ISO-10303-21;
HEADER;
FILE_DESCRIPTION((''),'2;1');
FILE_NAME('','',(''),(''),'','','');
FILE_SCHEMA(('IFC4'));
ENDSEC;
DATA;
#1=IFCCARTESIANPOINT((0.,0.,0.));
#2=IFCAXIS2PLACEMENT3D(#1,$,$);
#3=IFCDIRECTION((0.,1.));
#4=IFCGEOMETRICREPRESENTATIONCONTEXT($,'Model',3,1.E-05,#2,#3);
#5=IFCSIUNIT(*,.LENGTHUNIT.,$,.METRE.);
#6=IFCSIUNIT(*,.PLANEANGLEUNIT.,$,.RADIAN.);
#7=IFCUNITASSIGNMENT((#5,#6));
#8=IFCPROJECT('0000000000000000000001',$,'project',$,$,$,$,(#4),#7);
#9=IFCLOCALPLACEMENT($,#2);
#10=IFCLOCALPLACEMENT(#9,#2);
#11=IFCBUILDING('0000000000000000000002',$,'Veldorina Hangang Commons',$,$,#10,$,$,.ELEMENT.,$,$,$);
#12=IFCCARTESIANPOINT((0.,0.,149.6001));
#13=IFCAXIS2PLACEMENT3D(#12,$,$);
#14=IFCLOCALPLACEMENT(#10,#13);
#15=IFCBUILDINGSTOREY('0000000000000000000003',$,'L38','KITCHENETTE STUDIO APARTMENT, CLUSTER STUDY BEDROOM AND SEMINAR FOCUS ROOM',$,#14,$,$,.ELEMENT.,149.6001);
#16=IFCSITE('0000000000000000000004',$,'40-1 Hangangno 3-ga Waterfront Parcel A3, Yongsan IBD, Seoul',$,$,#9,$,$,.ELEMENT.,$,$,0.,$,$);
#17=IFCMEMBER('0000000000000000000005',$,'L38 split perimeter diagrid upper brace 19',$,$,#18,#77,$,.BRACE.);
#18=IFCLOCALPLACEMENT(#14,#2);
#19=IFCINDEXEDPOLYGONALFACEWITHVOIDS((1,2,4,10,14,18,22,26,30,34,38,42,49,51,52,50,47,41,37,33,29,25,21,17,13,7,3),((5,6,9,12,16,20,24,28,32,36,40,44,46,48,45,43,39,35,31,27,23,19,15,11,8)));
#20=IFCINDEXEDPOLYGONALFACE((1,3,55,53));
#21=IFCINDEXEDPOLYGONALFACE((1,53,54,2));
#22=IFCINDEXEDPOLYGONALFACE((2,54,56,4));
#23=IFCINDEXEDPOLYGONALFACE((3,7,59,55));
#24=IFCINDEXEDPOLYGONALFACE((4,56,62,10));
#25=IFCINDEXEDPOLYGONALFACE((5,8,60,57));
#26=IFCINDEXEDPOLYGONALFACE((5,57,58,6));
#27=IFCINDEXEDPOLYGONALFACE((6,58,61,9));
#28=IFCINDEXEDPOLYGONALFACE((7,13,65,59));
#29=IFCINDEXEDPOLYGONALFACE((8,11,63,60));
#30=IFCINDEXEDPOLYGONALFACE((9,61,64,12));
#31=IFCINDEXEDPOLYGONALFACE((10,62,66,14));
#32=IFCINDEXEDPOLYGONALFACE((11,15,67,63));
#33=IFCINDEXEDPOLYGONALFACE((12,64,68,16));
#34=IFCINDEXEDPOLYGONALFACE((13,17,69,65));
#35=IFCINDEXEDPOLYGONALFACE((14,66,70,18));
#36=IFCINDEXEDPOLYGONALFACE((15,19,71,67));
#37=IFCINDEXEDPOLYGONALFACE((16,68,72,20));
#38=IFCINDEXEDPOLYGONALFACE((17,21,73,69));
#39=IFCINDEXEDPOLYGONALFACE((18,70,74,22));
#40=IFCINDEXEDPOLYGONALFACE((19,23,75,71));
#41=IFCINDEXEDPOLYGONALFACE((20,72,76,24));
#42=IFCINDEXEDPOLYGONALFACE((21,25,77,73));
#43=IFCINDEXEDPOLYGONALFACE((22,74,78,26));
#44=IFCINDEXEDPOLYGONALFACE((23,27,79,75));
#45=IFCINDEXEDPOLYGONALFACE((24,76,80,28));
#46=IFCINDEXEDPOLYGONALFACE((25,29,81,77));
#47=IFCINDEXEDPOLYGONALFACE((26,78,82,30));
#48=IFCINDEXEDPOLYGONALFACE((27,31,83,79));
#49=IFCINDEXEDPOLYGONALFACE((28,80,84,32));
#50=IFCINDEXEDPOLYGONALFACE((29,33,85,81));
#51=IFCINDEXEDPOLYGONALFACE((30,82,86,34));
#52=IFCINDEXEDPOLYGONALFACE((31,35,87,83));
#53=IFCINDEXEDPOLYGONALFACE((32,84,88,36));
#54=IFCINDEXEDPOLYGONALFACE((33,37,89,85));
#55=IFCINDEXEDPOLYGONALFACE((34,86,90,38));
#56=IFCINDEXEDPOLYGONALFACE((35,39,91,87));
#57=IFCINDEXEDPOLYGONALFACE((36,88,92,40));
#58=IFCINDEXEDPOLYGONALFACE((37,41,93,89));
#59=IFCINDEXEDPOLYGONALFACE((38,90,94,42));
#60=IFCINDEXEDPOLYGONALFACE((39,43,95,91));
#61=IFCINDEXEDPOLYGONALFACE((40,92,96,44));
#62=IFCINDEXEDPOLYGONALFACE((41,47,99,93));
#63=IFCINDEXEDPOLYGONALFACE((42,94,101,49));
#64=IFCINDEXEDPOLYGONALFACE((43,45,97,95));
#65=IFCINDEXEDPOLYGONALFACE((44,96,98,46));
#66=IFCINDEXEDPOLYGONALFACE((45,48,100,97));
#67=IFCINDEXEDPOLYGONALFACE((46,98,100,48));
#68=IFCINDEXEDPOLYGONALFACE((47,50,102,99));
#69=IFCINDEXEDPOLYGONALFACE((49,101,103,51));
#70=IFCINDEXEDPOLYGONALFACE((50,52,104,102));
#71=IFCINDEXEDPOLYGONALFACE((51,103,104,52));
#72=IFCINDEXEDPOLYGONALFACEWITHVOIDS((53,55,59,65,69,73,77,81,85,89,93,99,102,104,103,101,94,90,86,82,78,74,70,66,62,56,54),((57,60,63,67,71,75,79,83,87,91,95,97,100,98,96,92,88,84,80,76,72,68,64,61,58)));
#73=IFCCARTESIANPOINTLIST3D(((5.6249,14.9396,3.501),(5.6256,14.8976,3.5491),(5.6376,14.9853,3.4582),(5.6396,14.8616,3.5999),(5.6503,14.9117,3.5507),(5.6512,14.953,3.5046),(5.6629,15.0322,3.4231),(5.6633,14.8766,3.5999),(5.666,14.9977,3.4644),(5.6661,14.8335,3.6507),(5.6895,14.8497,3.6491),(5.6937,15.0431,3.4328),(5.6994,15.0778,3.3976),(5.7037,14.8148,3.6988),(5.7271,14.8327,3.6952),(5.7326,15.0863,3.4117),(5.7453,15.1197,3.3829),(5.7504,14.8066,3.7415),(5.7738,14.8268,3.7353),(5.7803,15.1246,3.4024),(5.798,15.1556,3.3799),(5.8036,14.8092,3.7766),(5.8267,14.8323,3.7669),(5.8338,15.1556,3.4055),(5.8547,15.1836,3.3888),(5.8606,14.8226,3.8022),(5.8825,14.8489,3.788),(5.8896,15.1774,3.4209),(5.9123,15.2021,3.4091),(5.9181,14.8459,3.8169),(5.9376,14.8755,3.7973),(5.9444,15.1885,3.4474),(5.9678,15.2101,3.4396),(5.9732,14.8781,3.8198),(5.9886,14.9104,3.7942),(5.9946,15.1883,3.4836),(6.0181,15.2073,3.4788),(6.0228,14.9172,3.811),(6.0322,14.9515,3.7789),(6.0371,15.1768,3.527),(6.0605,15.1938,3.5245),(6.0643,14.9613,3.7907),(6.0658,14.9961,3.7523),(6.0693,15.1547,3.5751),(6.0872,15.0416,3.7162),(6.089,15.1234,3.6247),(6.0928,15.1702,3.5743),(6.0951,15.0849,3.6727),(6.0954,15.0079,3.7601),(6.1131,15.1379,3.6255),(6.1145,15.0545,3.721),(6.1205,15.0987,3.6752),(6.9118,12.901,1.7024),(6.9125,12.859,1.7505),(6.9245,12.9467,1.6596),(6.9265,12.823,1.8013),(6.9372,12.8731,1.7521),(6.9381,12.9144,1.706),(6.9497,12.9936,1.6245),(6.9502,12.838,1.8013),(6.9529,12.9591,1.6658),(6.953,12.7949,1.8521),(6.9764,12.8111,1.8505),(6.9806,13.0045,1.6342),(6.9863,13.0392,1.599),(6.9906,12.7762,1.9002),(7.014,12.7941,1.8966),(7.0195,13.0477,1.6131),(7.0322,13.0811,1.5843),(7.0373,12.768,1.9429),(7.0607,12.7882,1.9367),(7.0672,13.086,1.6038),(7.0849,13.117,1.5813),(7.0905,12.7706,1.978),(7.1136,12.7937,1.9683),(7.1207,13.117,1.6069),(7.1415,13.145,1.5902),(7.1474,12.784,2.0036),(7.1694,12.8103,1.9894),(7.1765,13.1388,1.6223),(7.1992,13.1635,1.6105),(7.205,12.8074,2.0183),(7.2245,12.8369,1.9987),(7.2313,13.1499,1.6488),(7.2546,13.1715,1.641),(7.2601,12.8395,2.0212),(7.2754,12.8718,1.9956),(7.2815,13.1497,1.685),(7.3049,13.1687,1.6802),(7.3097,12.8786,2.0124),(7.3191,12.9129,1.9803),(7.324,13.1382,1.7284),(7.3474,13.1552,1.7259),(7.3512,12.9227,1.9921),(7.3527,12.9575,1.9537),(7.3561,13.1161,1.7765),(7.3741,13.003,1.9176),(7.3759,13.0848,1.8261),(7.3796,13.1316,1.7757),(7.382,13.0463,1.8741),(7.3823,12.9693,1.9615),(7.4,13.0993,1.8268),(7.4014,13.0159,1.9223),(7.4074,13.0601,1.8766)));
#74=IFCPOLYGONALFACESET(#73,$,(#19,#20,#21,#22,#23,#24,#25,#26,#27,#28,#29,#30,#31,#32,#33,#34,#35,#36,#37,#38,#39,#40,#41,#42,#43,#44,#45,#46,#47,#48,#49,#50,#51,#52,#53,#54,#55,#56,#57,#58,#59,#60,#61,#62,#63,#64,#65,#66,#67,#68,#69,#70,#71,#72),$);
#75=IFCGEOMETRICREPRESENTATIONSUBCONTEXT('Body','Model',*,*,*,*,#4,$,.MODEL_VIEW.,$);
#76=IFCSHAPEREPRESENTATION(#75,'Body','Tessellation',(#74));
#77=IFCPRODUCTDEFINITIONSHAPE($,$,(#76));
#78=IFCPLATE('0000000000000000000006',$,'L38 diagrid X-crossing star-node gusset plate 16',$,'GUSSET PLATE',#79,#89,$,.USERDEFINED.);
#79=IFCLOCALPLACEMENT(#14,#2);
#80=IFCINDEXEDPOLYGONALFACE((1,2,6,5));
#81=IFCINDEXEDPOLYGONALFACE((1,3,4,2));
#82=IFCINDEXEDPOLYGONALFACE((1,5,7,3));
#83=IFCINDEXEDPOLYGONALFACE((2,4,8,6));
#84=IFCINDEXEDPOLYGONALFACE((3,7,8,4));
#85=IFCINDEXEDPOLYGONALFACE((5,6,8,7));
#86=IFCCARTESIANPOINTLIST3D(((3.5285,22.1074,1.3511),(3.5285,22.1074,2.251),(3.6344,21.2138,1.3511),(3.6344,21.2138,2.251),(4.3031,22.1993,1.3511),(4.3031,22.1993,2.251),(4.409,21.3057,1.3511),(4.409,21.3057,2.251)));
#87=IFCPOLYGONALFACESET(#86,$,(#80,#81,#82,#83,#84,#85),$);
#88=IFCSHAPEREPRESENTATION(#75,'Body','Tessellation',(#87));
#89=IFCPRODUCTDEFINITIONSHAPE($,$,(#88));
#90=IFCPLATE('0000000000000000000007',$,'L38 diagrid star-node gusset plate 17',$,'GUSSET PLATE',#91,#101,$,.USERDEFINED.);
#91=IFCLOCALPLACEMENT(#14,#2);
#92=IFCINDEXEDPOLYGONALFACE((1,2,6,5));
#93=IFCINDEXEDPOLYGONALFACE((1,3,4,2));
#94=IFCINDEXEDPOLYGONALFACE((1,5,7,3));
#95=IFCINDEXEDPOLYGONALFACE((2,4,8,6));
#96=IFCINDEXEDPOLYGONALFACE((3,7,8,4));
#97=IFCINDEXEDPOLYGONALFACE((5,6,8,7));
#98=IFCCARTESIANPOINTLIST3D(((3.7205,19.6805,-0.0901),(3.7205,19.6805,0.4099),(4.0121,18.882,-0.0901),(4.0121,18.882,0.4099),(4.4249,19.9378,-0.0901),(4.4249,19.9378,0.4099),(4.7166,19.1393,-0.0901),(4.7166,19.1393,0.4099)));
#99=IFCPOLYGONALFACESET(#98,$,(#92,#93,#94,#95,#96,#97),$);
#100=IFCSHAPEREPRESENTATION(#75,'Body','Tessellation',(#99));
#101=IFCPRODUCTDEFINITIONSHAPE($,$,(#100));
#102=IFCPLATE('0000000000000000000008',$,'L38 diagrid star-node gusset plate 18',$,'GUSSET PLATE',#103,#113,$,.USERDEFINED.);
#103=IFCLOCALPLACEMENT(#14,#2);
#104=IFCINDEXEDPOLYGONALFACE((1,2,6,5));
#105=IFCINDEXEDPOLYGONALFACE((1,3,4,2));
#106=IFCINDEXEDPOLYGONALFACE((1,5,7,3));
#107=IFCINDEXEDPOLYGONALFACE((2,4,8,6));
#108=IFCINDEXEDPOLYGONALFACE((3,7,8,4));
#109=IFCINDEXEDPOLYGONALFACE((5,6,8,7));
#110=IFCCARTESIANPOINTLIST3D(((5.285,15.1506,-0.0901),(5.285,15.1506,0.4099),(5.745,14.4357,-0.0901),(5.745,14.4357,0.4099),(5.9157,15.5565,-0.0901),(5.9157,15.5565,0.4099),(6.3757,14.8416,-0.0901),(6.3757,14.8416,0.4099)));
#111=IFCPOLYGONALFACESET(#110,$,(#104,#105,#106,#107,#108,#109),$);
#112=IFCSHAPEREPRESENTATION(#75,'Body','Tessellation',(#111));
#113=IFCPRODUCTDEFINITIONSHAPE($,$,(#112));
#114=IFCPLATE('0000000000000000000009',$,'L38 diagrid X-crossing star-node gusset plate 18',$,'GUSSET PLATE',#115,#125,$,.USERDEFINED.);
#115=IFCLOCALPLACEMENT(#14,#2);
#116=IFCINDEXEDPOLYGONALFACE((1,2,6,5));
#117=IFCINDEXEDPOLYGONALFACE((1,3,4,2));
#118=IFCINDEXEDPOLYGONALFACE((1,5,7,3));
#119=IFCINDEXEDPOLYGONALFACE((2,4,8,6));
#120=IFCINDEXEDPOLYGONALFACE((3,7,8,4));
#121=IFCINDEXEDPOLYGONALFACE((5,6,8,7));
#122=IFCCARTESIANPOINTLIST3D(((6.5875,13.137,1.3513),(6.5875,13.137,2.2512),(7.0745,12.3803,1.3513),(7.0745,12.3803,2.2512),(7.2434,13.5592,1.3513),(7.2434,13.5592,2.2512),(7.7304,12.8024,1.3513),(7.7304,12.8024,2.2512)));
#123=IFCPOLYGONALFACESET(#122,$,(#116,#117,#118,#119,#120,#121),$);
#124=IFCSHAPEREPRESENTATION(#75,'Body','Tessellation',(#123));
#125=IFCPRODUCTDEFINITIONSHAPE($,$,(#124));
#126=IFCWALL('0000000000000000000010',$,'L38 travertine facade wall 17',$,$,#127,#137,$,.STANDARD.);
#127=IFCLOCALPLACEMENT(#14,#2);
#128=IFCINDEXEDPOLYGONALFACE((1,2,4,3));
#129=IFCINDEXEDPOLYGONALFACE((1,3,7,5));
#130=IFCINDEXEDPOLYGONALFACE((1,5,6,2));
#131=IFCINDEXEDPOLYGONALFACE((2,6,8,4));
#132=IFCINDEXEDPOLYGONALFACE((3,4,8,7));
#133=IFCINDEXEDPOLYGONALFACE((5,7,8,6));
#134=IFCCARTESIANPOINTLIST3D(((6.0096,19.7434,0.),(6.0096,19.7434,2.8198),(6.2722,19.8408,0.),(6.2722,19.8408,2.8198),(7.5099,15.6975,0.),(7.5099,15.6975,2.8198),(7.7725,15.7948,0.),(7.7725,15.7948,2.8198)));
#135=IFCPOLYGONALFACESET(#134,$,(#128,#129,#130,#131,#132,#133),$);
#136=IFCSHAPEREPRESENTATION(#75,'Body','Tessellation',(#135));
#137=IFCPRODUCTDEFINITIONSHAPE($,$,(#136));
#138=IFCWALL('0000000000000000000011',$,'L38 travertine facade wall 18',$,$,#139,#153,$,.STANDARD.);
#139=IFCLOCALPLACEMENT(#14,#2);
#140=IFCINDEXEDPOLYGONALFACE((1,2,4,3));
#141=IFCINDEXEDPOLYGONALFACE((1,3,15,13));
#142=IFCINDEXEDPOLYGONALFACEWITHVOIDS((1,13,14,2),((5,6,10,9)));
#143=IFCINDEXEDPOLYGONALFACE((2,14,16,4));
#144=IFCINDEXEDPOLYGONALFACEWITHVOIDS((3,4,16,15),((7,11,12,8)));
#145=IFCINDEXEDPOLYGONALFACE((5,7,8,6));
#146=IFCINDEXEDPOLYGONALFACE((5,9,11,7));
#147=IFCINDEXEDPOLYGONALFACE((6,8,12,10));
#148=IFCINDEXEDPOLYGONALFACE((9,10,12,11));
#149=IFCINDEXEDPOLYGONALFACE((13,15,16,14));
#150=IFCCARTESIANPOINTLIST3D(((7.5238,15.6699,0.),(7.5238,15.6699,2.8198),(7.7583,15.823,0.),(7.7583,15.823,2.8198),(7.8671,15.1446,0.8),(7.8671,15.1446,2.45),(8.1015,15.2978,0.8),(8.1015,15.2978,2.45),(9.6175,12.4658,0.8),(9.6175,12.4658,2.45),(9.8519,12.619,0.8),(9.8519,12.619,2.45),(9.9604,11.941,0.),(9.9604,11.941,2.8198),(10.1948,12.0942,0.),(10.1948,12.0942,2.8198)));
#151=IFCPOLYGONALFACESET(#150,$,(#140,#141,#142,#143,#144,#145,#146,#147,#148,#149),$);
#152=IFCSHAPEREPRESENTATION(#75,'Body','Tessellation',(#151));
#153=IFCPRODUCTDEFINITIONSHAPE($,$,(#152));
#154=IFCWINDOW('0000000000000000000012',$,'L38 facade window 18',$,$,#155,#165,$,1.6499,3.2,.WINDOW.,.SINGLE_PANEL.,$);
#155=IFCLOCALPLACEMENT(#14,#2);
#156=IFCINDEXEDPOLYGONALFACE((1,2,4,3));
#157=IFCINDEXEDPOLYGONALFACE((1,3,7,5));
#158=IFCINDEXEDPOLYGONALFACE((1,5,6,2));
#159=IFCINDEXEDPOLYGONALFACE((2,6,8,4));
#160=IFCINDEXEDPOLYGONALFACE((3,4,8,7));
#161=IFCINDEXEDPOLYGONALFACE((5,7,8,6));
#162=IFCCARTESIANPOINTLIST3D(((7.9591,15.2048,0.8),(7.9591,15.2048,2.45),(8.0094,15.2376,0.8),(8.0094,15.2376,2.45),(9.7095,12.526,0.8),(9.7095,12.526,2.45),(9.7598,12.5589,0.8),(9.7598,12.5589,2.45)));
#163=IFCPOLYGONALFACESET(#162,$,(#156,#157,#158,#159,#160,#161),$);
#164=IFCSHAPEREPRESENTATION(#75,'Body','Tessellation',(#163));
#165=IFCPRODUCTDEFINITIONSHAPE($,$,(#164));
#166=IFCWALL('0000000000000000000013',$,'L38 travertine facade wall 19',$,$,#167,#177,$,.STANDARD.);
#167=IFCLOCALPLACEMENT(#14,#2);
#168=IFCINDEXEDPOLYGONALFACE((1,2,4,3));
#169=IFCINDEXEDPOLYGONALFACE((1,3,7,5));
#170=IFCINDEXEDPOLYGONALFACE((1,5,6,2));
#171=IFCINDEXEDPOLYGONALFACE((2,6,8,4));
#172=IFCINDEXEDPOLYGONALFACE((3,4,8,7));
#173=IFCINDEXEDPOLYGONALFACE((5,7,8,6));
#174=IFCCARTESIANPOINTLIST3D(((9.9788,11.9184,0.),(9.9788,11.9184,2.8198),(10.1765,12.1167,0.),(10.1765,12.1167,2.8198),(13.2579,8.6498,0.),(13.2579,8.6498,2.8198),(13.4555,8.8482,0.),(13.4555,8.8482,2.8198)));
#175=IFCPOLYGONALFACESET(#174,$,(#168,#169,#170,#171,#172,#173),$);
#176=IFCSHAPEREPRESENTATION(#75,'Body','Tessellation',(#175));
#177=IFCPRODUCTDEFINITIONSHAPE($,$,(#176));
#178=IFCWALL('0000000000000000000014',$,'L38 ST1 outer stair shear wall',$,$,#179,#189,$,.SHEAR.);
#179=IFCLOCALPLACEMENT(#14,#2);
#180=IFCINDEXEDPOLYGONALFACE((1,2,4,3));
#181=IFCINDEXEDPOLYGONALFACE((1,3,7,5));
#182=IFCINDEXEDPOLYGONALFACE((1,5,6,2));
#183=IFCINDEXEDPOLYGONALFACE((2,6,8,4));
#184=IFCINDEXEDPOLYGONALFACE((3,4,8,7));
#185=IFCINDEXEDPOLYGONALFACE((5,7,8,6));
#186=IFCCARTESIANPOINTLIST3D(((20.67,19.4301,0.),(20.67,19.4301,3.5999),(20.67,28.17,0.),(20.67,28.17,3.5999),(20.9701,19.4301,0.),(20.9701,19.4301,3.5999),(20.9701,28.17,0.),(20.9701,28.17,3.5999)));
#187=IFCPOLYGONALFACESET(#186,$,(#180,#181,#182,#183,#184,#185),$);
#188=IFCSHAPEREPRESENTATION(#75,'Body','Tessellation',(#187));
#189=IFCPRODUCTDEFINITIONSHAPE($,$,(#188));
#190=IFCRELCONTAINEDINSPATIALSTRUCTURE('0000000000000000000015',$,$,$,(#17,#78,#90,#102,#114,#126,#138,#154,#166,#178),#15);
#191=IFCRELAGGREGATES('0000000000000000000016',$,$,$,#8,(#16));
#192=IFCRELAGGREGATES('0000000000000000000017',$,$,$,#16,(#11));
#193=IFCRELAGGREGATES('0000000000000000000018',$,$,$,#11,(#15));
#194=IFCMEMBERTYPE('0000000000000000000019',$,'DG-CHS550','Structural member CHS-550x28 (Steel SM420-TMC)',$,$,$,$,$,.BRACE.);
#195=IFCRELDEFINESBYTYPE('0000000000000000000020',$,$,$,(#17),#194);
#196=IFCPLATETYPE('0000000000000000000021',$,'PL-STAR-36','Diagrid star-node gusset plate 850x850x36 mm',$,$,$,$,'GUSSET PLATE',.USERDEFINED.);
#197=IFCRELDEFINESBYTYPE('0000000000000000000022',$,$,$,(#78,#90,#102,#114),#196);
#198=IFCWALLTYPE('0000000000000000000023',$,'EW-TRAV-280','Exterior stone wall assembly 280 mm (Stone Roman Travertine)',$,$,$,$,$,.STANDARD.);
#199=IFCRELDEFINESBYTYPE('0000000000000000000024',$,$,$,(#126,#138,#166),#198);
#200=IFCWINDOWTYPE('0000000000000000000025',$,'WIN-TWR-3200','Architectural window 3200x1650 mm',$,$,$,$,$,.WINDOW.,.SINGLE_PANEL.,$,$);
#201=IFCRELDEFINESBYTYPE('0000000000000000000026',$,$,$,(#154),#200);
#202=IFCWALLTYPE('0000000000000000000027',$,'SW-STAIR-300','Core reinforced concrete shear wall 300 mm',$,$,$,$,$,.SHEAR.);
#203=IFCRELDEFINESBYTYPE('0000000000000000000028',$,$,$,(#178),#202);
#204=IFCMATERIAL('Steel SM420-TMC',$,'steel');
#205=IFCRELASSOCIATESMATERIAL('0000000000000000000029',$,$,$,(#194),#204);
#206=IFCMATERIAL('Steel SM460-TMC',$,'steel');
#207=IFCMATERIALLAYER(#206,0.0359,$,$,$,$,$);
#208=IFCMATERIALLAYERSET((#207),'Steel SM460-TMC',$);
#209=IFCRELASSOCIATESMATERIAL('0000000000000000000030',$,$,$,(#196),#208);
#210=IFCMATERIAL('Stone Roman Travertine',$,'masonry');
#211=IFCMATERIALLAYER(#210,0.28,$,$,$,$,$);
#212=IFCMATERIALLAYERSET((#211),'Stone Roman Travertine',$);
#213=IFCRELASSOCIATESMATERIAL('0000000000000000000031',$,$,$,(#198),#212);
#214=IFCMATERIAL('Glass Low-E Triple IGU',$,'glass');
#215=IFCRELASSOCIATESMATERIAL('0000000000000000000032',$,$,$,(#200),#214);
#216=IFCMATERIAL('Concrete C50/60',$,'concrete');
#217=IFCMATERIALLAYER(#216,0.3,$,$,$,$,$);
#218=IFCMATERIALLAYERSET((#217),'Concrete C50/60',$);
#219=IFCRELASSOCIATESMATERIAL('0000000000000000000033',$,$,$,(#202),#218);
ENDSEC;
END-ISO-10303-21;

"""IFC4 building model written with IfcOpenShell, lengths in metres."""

from ifc_helpers import new_model, si_unit, direction, frame, frame_2d, origin, origin_2d, place, context, subcontext, project, spatial, rectangle, hollow_circle, extrude, material, layer, layer_set, material_profile, profile_set, type_object, element, fill, save


model = new_model("IFC4")

# Units and contexts
model_context = context("Model", 3, precision=1e-05, world=origin(), true_north=direction((0.0, 1.0)))
body_context = subcontext(model_context, "Body", "Model", "MODEL_VIEW")
ifc_project = project(units=[si_unit("LENGTHUNIT", "METRE"), si_unit("PLANEANGLEUNIT", "RADIAN")], contexts=[model_context])

# Site, building, storey
site_placement = place(None, origin())
site = spatial("IfcSite", under=ifc_project, at=site_placement, Name="40-1 Hangangno 3-ga Waterfront Parcel A3, Yongsan IBD, Seoul", CompositionType="ELEMENT", RefElevation=0.0)
building_placement = place(site_placement, origin())
building = spatial("IfcBuilding", under=site, at=building_placement, Name="Veldorina Hangang Commons", CompositionType="ELEMENT")
storey_placement = place(building_placement, frame((0.0, 0.0, 149.6001)))
storey = spatial("IfcBuildingStorey", under=building, at=storey_placement, Name="L38", Description="KITCHENETTE STUDIO APARTMENT, CLUSTER STUDY BEDROOM AND SEMINAR FOCUS ROOM", CompositionType="ELEMENT", Elevation=149.6001)

# Shared definitions
ifc_material_1 = material(Name="Steel SM420-TMC", Category="steel")

# Member
ifc_material_profile_1 = material_profile(ifc_material_1, hollow_circle(Radius=0.2749, WallThickness=0.0281, at=origin_2d()), Name="CHS-550x28")
ifc_profile_set_1 = profile_set([ifc_material_profile_1], Name="Steel SM420-TMC")
member_type = type_object("IfcMemberType", Name="DG-CHS550", Description="Structural member CHS-550x28 (Steel SM420-TMC)", PredefinedType="BRACE", material=ifc_profile_set_1)
member_1_placement = place(storey_placement, frame((7.1589, 12.9697, 1.8013), z_axis=(-0.427846, 0.677768, 0.597978), x_axis=(-0.845612, -0.533799, 0.0)))
element("IfcMember", 1, at=member_1_placement, inside=storey, type_object=member_type, Name="L38 split perimeter diagrid upper brace 19", PredefinedType="BRACE", context=body_context, shape_type="SweptSolid", body=[
    extrude(hollow_circle(Radius=0.2749, WallThickness=0.0281, at=origin_2d()), origin(), (0.0, 0.0, 1.0), 3.0078),
])

# Plates
ifc_material_2 = material(Name="Steel SM460-TMC", Category="steel")
ifc_layer_1 = layer(ifc_material_2, 0.0359)
ifc_layer_set_1 = layer_set([ifc_layer_1], Name="Steel SM460-TMC")
plate_type = type_object("IfcPlateType", Name="PL-STAR-36", Description="Diagrid star-node gusset plate 850x850x36 mm", ElementType="GUSSET PLATE", PredefinedType="USERDEFINED", material=ifc_layer_set_1)
plate_1_placement = place(storey_placement, frame((3.9688, 21.7065, 1.3511), z_axis=(0.0, 0.0, 1.0), x_axis=(0.117763, -0.993042, 0.0)))
element("IfcPlate", 2, at=plate_1_placement, inside=storey, type_object=plate_type, Name="L38 diagrid X-crossing star-node gusset plate 16", ObjectType="GUSSET PLATE", PredefinedType="USERDEFINED", context=body_context, shape_type="SweptSolid", body=[
    extrude(rectangle(XDim=0.8999, YDim=0.78, at=origin_2d()), origin(), (0.0, 0.0, 1.0), 0.8999),
])
for number, where, z_axis, x_axis, name in (
    (3, (4.2185, 19.4099, -0.0901), (0.0, 0.0, 1.0), (0.343037, -0.939322, 0.0), "L38 diagrid star-node gusset plate 17"),
    (4, (5.8303, 14.9961, -0.0901), (0.0, 0.0, 1.0), (0.541151, -0.840926, 0.0), "L38 diagrid star-node gusset plate 18"),
):
    element("IfcPlate", number, at=place(storey_placement, frame(where, z_axis=z_axis, x_axis=x_axis)), inside=storey, type_object=plate_type, Name=name, ObjectType="GUSSET PLATE", PredefinedType="USERDEFINED", context=body_context, shape_type="SweptSolid", body=[
        extrude(rectangle(XDim=0.8501, YDim=0.75, at=origin_2d()), origin(), (0.0, 0.0, 1.0), 0.5),
    ])
plate_2_placement = place(storey_placement, frame((7.1589, 12.9697, 1.3513), z_axis=(0.0, 0.0, 1.0), x_axis=(0.541151, -0.840926, 0.0)))
element("IfcPlate", 5, at=plate_2_placement, inside=storey, type_object=plate_type, Name="L38 diagrid X-crossing star-node gusset plate 18", ObjectType="GUSSET PLATE", PredefinedType="USERDEFINED", context=body_context, shape_type="SweptSolid", body=[
    extrude(rectangle(XDim=0.8999, YDim=0.78, at=origin_2d()), origin(), (0.0, 0.0, 1.0), 0.8999),
])

# Wall
ifc_material_3 = material(Name="Stone Roman Travertine", Category="masonry")
ifc_layer_2 = layer(ifc_material_3, 0.28)
ifc_layer_set_2 = layer_set([ifc_layer_2], Name="Stone Roman Travertine")
wall_type_1 = type_object("IfcWallType", Name="EW-TRAV-280", Description="Exterior stone wall assembly 280 mm (Stone Roman Travertine)", PredefinedType="STANDARD", material=ifc_layer_set_2)
wall_1_placement = place(storey_placement, frame((6.1409, 19.7922, 0.0), z_axis=(0.0, 0.0, 1.0), x_axis=(0.347674, -0.937616, 0.0)))
element("IfcWall", 6, at=wall_1_placement, inside=storey, type_object=wall_type_1, Name="L38 travertine facade wall 17", PredefinedType="STANDARD", context=body_context, shape_type="SweptSolid", body=[
    extrude(rectangle(XDim=4.3152, YDim=0.28, at=frame_2d((2.1577, 0.0))), origin(), (0.0, 0.0, 1.0), 2.8198),
])

# Wall, opening, window
wall_2_placement = place(storey_placement, frame((7.6411, 15.7463, 0.0), z_axis=(0.0, 0.0, 1.0), x_axis=(0.547012, -0.837125, 0.0)))
wall_2 = element("IfcWall", 7, at=wall_2_placement, inside=storey, type_object=wall_type_1, Name="L38 travertine facade wall 18", PredefinedType="STANDARD", context=body_context, shape_type="SweptSolid", body=[
    extrude(rectangle(XDim=4.4543, YDim=0.28, at=frame_2d((2.2271, 0.0))), origin(), (0.0, 0.0, 1.0), 2.8198),
])
opening_1_placement = place(wall_2_placement, frame((0.6272, 0.0, 0.8)))
opening_1 = element("IfcOpeningElement", 8, at=opening_1_placement, cuts=wall_2, PredefinedType="OPENING", context=body_context, shape_type="SweptSolid", body=[
    extrude(rectangle(XDim=3.2, YDim=1.6499, at=frame_2d((1.6001, 0.825))), frame((0.0, 0.1499, 0.0), z_axis=(0.0, -1.0, 0.0), x_axis=(1.0, 0.0, 0.0)), (0.0, 0.0, 1.0), 0.3),
])
ifc_material_4 = material(Name="Glass Low-E Triple IGU", Category="glass")
window_type = type_object("IfcWindowType", Name="WIN-TWR-3200", Description="Architectural window 3200x1650 mm", PartitioningType="SINGLE_PANEL", PredefinedType="WINDOW", material=ifc_material_4)
window_placement = place(opening_1_placement, origin())
window = element("IfcWindow", 9, at=window_placement, inside=storey, type_object=window_type, Name="L38 facade window 18", OverallHeight=1.6499, OverallWidth=3.2, PartitioningType="SINGLE_PANEL", PredefinedType="WINDOW", context=body_context, shape_type="SweptSolid", body=[
    extrude(rectangle(XDim=3.2, YDim=1.6499, at=frame_2d((1.6001, 0.825))), frame((0.0, 0.03, 0.0), z_axis=(0.0, -1.0, 0.0), x_axis=(1.0, 0.0, 0.0)), (0.0, 0.0, 1.0), 0.0601),
])
fill(opening_1, window)

# Walls
wall_3_placement = place(storey_placement, frame((10.0776, 12.0176, 0.0), z_axis=(0.0, 0.0, 1.0), x_axis=(0.70824, -0.705972, 0.0)))
element("IfcWall", 10, at=wall_3_placement, inside=storey, type_object=wall_type_1, Name="L38 travertine facade wall 19", PredefinedType="STANDARD", context=body_context, shape_type="SweptSolid", body=[
    extrude(rectangle(XDim=4.6299, YDim=0.28, at=frame_2d((2.3149, 0.0))), origin(), (0.0, 0.0, 1.0), 2.8198),
])
ifc_material_5 = material(Name="Concrete C50/60", Category="concrete")
ifc_layer_3 = layer(ifc_material_5, 0.3)
ifc_layer_set_3 = layer_set([ifc_layer_3], Name="Concrete C50/60")
wall_type_2 = type_object("IfcWallType", Name="SW-STAIR-300", Description="Core reinforced concrete shear wall 300 mm", PredefinedType="SHEAR", material=ifc_layer_set_3)
wall_4_placement = place(storey_placement, frame((20.8201, 19.4299, 0.0), z_axis=(0.0, 0.0, 1.0), x_axis=(0.0, 1.0, 0.0)))
element("IfcWall", 11, at=wall_4_placement, inside=storey, type_object=wall_type_2, Name="L38 ST1 outer stair shear wall", PredefinedType="SHEAR", context=body_context, shape_type="SweptSolid", body=[
    extrude(rectangle(XDim=8.74, YDim=0.3, at=frame_2d((4.3701, 0.0))), origin(), (0.0, 0.0, 1.0), 3.5999),
])

save(model, "model.ifc")
